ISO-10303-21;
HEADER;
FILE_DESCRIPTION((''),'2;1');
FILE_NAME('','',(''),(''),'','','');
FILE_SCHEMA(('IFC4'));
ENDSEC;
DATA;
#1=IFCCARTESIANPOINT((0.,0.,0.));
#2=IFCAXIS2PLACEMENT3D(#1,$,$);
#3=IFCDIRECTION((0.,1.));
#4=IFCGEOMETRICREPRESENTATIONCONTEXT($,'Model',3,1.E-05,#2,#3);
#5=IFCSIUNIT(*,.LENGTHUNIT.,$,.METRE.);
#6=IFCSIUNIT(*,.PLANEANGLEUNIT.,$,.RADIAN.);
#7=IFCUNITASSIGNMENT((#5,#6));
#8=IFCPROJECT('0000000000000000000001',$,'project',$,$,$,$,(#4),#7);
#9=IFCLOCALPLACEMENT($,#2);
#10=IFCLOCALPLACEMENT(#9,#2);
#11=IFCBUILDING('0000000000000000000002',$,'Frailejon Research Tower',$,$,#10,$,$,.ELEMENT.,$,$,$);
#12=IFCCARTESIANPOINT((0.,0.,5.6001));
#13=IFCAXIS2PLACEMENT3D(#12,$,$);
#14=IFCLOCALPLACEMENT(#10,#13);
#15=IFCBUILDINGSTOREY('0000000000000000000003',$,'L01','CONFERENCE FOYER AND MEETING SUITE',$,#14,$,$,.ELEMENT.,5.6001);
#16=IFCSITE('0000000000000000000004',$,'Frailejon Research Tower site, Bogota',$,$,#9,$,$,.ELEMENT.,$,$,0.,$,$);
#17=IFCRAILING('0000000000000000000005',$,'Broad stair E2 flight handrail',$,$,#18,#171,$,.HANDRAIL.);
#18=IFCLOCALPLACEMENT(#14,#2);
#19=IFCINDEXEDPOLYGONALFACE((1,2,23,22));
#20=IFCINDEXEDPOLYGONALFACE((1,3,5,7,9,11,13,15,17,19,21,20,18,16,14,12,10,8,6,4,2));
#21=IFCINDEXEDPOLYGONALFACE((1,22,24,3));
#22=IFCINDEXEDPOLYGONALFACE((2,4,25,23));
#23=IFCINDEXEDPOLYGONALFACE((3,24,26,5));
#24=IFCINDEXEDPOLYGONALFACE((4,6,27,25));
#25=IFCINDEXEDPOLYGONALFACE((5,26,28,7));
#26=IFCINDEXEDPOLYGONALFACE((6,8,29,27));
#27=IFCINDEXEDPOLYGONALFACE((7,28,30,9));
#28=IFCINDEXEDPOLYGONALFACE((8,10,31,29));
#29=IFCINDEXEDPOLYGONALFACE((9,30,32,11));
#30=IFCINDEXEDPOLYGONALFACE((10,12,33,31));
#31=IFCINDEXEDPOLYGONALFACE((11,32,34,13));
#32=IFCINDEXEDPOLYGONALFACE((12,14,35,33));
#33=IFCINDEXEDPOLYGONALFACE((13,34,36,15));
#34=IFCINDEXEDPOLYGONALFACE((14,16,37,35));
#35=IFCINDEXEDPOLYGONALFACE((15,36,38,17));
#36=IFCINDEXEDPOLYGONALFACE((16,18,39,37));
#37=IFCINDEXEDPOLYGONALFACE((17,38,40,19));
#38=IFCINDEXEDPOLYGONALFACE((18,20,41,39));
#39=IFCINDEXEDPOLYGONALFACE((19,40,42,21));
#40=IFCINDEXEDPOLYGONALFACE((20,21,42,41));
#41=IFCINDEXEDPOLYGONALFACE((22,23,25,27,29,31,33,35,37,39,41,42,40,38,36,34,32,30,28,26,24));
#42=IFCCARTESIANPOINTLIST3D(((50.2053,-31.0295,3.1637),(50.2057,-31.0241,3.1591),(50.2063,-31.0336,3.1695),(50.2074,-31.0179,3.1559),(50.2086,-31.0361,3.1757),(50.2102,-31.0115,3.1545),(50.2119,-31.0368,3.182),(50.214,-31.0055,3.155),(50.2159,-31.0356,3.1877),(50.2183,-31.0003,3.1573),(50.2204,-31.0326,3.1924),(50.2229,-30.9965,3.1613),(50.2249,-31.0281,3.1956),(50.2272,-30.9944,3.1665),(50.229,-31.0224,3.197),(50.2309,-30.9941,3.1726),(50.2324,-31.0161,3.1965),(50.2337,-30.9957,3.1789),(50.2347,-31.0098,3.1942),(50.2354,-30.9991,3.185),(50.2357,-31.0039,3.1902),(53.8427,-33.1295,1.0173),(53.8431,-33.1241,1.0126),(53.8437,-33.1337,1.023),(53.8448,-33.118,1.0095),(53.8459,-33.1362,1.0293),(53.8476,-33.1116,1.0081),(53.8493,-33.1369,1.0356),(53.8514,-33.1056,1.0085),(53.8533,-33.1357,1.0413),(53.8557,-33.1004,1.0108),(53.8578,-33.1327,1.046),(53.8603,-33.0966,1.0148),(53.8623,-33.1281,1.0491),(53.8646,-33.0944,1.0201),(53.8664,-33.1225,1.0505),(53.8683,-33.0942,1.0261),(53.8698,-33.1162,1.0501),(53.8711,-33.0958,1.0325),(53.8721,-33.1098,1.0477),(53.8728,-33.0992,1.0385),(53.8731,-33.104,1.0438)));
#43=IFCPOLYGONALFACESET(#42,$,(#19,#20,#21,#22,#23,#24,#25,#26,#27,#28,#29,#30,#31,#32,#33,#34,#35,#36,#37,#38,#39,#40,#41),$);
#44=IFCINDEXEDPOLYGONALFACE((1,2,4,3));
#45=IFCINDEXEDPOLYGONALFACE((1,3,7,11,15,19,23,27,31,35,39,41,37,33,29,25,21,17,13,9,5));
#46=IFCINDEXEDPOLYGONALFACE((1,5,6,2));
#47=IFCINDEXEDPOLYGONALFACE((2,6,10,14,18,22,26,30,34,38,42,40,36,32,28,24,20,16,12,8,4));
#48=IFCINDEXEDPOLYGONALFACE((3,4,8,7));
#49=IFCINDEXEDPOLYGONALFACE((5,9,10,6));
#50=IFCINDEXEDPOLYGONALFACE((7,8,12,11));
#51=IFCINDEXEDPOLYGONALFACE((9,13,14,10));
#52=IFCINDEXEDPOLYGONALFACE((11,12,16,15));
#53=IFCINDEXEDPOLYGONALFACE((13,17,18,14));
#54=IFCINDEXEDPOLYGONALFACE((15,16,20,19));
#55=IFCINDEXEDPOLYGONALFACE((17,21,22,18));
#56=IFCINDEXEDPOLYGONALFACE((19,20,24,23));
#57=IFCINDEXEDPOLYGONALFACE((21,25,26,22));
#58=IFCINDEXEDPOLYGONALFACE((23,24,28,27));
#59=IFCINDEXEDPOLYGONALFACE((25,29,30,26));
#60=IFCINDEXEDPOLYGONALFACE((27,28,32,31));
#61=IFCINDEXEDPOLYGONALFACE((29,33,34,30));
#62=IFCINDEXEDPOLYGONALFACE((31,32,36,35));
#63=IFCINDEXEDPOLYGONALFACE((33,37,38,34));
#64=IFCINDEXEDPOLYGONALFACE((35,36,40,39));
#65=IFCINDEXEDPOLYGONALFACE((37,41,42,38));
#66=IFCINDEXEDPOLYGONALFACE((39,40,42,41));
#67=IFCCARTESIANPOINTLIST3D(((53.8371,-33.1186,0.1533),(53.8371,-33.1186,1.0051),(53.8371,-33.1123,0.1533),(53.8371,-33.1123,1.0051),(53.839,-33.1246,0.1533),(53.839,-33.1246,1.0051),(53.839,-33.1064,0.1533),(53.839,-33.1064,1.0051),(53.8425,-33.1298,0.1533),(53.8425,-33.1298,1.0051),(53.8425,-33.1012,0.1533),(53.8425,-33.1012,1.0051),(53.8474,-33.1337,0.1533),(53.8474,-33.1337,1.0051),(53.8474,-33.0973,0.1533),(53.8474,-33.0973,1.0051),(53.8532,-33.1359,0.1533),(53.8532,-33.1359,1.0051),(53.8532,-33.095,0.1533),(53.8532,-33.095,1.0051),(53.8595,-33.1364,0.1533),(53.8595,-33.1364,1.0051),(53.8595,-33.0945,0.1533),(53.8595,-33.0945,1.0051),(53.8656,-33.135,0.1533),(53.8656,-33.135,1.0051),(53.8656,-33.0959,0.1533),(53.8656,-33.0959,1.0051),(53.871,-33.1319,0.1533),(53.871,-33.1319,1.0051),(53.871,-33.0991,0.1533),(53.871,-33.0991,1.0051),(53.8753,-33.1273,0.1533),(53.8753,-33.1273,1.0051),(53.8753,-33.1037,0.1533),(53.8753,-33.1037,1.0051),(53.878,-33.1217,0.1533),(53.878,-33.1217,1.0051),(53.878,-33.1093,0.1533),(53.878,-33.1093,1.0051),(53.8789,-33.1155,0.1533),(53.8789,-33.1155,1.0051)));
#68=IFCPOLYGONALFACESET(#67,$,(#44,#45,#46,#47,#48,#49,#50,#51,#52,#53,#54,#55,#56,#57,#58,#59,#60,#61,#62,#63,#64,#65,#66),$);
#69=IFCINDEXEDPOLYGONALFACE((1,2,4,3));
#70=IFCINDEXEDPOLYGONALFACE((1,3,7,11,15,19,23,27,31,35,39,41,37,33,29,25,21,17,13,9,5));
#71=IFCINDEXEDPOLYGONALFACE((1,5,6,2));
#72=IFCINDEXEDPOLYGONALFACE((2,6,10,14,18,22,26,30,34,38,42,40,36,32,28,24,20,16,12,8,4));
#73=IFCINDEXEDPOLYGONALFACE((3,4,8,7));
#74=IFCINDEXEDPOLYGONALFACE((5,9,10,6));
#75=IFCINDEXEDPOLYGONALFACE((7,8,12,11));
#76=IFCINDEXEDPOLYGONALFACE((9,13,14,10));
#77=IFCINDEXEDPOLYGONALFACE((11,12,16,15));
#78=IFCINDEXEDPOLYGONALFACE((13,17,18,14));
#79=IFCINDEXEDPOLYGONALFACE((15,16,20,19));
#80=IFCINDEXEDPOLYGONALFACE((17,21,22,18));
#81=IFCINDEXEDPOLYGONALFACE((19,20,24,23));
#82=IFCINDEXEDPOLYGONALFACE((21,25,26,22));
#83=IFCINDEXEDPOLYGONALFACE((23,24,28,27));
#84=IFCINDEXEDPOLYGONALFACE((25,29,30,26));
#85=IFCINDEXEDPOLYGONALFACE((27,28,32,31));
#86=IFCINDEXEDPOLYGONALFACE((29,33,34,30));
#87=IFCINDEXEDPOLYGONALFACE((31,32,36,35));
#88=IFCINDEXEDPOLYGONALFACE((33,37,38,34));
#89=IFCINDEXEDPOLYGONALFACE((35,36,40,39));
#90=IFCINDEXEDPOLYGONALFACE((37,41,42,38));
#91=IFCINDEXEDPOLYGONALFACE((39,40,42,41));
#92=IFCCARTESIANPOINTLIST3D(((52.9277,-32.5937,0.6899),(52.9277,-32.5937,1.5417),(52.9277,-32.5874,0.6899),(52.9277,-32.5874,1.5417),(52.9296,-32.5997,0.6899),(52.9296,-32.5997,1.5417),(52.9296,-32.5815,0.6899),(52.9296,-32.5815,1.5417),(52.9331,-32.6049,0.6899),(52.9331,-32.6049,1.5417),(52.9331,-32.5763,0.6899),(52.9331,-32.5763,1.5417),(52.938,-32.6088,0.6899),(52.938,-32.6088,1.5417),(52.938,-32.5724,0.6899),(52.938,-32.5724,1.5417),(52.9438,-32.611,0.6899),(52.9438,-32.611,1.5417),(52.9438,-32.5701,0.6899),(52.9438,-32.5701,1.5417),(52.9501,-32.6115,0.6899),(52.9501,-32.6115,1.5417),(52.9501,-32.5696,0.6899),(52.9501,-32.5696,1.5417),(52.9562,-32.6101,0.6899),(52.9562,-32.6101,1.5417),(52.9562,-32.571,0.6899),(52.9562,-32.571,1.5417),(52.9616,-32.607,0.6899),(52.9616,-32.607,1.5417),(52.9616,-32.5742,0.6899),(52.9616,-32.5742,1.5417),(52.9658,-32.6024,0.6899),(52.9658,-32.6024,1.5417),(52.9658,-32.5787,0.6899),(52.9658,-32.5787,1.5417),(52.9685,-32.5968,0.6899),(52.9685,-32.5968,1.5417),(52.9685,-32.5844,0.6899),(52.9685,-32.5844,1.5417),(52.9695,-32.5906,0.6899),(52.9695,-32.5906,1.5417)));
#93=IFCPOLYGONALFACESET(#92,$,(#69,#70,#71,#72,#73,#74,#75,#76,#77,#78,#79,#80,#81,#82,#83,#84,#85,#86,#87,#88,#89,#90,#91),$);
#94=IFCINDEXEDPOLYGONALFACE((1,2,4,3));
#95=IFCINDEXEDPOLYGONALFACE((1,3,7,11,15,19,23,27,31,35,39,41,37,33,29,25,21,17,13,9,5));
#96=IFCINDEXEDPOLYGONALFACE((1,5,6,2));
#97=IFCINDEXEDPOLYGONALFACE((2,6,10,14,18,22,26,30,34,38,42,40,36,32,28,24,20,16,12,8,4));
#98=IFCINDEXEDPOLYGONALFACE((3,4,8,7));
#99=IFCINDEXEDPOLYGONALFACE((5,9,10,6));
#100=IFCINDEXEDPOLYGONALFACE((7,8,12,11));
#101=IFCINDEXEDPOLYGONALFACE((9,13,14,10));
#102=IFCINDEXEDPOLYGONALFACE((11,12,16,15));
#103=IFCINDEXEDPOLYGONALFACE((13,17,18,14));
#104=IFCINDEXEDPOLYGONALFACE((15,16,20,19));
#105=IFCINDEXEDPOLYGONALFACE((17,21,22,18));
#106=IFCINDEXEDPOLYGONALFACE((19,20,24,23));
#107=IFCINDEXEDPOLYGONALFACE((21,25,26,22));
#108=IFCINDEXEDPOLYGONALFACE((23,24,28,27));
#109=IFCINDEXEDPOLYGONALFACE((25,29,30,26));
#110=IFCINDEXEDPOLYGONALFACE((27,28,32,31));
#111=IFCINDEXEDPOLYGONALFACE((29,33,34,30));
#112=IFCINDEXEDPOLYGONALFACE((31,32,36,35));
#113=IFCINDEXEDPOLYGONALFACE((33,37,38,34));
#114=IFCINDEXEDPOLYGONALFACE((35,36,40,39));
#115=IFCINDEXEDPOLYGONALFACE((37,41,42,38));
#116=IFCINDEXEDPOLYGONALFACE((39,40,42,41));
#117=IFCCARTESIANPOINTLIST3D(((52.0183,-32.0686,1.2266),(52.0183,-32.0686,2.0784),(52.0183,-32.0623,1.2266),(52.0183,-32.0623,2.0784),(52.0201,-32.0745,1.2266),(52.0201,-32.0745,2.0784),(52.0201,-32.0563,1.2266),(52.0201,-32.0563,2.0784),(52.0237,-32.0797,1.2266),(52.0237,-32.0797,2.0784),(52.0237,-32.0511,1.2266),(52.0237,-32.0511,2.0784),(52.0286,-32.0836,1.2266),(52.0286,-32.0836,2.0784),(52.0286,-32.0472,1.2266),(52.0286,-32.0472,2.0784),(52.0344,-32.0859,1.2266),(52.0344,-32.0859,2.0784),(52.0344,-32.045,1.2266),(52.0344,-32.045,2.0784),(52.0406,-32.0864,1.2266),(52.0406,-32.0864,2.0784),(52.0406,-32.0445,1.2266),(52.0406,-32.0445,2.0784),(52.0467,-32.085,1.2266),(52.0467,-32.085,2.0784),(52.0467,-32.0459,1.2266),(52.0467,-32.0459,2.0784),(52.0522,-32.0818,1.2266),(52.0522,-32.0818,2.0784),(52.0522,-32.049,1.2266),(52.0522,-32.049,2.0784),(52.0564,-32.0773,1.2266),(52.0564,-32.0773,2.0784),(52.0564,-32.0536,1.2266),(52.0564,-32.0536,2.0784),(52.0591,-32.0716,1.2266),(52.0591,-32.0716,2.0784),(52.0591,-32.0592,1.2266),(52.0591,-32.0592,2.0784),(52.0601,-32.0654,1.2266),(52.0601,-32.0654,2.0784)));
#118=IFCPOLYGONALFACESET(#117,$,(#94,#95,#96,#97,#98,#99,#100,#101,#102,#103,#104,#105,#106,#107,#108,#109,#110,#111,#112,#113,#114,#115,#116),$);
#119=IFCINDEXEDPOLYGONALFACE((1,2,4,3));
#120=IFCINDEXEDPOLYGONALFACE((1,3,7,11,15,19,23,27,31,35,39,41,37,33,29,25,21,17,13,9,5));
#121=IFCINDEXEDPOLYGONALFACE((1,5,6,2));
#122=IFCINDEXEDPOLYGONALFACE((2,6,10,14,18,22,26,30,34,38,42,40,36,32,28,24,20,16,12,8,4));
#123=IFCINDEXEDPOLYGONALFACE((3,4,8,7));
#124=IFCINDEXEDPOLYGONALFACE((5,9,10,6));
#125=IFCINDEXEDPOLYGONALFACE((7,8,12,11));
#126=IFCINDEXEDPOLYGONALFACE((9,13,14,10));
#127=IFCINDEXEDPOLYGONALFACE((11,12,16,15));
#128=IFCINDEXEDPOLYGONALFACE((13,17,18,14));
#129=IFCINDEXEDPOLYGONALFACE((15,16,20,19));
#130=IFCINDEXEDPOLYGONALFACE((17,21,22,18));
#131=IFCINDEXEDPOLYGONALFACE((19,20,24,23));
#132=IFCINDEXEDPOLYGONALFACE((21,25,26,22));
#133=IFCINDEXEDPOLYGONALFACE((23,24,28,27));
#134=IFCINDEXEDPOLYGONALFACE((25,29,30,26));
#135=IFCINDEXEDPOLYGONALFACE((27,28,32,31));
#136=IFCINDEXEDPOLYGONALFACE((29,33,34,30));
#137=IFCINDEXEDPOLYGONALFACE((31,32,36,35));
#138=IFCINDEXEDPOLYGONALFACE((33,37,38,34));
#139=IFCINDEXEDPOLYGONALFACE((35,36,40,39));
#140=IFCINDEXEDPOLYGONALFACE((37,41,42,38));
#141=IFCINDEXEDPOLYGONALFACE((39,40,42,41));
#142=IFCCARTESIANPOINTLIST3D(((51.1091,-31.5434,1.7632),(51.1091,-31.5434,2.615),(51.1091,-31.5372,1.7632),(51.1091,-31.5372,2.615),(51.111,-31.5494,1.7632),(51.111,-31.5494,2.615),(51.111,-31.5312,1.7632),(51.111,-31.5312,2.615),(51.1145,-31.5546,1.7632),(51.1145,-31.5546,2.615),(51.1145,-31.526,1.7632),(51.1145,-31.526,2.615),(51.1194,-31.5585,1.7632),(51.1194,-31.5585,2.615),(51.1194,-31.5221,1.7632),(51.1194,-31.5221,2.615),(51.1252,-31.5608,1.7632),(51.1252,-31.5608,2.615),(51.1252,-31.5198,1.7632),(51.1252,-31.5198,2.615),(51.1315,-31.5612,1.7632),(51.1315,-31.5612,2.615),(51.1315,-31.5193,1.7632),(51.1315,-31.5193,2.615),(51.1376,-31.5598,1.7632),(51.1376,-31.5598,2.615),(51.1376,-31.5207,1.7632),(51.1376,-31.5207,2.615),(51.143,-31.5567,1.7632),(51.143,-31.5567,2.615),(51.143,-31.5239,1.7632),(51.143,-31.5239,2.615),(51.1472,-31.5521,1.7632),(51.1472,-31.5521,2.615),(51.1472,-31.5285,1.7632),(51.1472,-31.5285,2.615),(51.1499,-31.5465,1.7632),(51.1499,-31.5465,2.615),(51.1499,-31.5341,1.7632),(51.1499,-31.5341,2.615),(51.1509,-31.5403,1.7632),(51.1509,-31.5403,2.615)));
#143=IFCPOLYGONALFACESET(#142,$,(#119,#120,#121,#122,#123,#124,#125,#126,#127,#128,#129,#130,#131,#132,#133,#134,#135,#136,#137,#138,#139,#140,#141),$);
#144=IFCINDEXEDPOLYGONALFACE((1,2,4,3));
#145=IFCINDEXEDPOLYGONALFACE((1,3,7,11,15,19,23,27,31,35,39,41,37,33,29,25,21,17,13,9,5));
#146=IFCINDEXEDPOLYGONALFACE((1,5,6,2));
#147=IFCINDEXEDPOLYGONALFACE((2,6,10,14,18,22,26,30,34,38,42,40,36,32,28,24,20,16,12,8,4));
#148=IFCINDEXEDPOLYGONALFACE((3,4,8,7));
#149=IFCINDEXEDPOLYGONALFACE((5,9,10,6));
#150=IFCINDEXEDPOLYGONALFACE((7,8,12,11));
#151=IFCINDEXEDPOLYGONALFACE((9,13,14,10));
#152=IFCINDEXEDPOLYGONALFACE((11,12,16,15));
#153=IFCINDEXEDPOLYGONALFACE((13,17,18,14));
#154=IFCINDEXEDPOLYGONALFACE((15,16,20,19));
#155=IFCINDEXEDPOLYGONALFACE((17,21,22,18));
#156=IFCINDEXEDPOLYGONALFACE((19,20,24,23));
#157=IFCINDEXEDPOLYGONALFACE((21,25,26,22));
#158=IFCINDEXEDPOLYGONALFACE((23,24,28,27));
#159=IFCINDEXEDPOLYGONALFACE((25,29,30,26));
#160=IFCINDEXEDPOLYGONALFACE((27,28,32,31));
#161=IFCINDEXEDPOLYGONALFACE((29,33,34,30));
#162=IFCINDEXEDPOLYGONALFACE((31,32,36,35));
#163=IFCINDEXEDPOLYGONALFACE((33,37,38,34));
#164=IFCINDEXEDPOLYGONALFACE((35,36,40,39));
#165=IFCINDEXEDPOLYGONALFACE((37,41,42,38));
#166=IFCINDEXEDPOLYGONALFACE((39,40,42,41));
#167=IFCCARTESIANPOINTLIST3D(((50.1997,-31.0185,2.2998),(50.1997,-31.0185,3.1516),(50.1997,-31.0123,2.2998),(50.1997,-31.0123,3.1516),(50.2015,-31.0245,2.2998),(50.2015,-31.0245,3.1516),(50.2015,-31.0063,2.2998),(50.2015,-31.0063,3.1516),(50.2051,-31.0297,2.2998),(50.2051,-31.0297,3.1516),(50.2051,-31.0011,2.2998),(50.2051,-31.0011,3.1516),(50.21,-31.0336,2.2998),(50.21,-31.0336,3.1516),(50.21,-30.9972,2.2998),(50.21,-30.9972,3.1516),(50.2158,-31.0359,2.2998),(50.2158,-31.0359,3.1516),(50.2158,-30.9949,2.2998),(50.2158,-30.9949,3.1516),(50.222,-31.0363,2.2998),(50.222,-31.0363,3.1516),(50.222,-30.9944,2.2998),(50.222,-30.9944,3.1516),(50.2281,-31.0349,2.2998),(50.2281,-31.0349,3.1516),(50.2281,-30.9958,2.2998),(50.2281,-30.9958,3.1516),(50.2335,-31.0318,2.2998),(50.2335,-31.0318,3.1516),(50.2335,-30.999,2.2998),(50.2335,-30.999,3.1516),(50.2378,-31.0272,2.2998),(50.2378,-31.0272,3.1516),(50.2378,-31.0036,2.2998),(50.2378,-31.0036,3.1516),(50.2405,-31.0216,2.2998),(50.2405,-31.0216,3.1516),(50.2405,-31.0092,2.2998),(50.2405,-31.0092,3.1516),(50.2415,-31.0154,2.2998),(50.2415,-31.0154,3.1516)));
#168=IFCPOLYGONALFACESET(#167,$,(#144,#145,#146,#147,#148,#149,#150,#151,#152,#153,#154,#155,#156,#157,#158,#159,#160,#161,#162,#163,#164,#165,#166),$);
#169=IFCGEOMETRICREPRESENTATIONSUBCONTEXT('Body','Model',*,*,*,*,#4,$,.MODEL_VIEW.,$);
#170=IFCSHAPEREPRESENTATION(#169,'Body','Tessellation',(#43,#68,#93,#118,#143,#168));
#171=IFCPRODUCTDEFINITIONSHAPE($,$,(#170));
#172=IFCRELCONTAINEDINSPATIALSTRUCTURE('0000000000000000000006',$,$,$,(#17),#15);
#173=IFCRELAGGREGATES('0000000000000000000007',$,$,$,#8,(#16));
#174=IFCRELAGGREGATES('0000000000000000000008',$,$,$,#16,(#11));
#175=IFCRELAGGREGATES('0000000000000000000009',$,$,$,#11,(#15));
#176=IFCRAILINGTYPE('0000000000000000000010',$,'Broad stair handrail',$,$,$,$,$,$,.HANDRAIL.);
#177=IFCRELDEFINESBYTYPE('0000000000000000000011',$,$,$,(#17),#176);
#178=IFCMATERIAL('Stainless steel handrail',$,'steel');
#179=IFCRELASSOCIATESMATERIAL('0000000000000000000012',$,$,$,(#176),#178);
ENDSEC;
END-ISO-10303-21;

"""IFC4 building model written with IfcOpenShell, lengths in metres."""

from ifc_helpers import new_model, si_unit, direction, frame, origin, origin_2d, place, context, subcontext, project, spatial, circle, extrude, material, type_object, element, save


model = new_model("IFC4")

# Units and contexts
model_context = context("Model", 3, precision=1e-05, world=origin(), true_north=direction((0.0, 1.0)))
body_context = subcontext(model_context, "Body", "Model", "MODEL_VIEW")
ifc_project = project(units=[si_unit("LENGTHUNIT", "METRE"), si_unit("PLANEANGLEUNIT", "RADIAN")], contexts=[model_context])

# Site, building, storey
site_placement = place(None, origin())
site = spatial("IfcSite", under=ifc_project, at=site_placement, Name="Frailejon Research Tower site, Bogota", CompositionType="ELEMENT", RefElevation=0.0)
building_placement = place(site_placement, origin())
building = spatial("IfcBuilding", under=site, at=building_placement, Name="Frailejon Research Tower", CompositionType="ELEMENT")
storey_placement = place(building_placement, frame((0.0, 0.0, 5.6001)))
storey = spatial("IfcBuildingStorey", under=building, at=storey_placement, Name="L01", Description="CONFERENCE FOYER AND MEETING SUITE", CompositionType="ELEMENT", Elevation=5.6001)

# Railing
ifc_material_1 = material(Name="Stainless steel handrail", Category="steel")
railing_type_1 = type_object("IfcRailingType", Name="Broad stair handrail", PredefinedType="HANDRAIL", material=ifc_material_1)
railing_1_placement = place(storey_placement, frame((53.8579, -33.1155, 0.1533)))
element("IfcRailing", 1, at=railing_1_placement, inside=storey, type_object=railing_type_1, Name="Broad stair E2 flight handrail", PredefinedType="HANDRAIL", context=body_context, shape_type="SweptSolid", body=[
    extrude(circle(Radius=0.0239, at=origin_2d()), frame((0.0, 0.0, 0.876), z_axis=(-0.771158, 0.445231, 0.455065), x_axis=(-0.500003, -0.866024, 0.0)), (0.0, 0.0, 1.0), 4.7168),
    extrude(circle(Radius=0.021, at=origin_2d()), origin(), (0.0, 0.0, 1.0), 0.8518),
    extrude(circle(Radius=0.021, at=origin_2d()), frame((-0.9094, 0.5249, 0.5366)), (0.0, 0.0, 1.0), 0.8518),
    extrude(circle(Radius=0.021, at=origin_2d()), frame((-1.8188, 1.05, 1.0732)), (0.0, 0.0, 1.0), 0.8518),
    extrude(circle(Radius=0.021, at=origin_2d()), frame((-2.728, 1.5752, 1.6099)), (0.0, 0.0, 1.0), 0.8518),
    extrude(circle(Radius=0.021, at=origin_2d()), frame((-3.6375, 2.1001, 2.1465)), (0.0, 0.0, 1.0), 0.8518),
])

save(model, "model.ifc")
